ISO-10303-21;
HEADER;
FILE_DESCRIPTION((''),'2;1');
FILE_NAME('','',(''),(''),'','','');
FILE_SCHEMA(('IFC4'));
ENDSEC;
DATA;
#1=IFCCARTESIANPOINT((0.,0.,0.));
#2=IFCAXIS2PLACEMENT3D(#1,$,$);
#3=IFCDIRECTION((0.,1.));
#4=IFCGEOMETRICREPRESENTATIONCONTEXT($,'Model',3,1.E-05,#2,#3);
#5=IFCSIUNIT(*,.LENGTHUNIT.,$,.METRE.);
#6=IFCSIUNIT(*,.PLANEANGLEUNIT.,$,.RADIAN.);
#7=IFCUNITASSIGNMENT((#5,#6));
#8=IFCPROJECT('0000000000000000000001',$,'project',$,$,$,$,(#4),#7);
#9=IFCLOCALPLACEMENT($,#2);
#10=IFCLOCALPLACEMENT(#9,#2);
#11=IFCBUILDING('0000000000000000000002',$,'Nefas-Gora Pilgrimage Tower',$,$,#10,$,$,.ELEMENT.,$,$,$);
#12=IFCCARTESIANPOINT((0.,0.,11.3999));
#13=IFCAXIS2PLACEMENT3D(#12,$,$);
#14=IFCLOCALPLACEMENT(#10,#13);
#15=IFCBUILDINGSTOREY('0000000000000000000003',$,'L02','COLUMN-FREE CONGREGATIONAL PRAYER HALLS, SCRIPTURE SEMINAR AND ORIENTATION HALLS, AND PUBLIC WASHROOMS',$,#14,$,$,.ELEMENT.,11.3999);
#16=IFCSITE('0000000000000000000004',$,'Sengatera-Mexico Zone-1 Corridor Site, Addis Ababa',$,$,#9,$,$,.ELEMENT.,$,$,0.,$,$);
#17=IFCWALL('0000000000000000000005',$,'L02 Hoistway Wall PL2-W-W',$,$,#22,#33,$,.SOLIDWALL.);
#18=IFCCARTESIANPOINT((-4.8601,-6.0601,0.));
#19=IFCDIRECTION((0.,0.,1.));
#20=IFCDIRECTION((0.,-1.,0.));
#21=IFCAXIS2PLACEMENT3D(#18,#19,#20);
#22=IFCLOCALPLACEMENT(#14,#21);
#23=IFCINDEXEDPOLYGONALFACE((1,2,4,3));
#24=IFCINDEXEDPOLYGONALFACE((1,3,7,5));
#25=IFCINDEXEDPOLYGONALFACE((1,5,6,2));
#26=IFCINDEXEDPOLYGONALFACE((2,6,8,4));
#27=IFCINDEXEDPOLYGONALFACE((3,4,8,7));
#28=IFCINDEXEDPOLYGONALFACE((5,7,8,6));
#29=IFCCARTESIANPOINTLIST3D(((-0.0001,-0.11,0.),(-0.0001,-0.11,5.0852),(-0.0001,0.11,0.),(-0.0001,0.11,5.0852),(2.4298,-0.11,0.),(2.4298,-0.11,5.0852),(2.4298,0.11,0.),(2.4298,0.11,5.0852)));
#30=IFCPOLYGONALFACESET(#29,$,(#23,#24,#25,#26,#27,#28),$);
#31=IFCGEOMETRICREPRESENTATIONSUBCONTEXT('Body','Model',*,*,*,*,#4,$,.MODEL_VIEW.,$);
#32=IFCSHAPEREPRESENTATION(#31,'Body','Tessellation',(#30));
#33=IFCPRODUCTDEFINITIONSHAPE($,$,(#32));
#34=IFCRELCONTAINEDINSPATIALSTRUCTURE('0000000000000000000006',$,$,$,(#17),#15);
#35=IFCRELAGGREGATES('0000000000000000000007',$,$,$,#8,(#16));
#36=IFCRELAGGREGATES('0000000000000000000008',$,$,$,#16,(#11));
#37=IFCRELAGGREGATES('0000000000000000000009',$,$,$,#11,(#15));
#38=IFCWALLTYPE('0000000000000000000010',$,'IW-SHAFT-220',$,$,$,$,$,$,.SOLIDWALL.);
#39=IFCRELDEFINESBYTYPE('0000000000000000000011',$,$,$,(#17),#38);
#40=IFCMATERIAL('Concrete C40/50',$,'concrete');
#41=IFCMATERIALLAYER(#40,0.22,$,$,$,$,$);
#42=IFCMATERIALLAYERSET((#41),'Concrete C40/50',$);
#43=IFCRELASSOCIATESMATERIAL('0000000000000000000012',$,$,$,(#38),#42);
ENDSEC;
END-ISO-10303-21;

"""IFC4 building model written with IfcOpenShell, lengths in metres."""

from ifc_helpers import new_model, si_unit, direction, frame, frame_2d, origin, place, context, subcontext, project, spatial, rectangle, extrude, source, transform, mapped, material, layer, layer_set, type_object, element, save


model = new_model("IFC4")

# Units and contexts
model_context = context("Model", 3, precision=1e-05, world=origin(), true_north=direction((0.0, 1.0)))
body_context = subcontext(model_context, "Body", "Model", "MODEL_VIEW")
ifc_project = project(units=[si_unit("LENGTHUNIT", "METRE"), si_unit("PLANEANGLEUNIT", "RADIAN")], contexts=[model_context])

# Site, building, storey
site_placement = place(None, origin())
site = spatial("IfcSite", under=ifc_project, at=site_placement, Name="Sengatera-Mexico Zone-1 Corridor Site, Addis Ababa", CompositionType="ELEMENT", RefElevation=0.0)
building_placement = place(site_placement, origin())
building = spatial("IfcBuilding", under=site, at=building_placement, Name="Nefas-Gora Pilgrimage Tower", CompositionType="ELEMENT")
storey_placement = place(building_placement, frame((0.0, 0.0, 11.3999)))
storey = spatial("IfcBuildingStorey", under=building, at=storey_placement, Name="L02", Description="COLUMN-FREE CONGREGATIONAL PRAYER HALLS, SCRIPTURE SEMINAR AND ORIENTATION HALLS, AND PUBLIC WASHROOMS", CompositionType="ELEMENT", Elevation=11.3999)

# Wall
ifc_material_1 = material(Name="Concrete C40/50", Category="concrete")
ifc_layer_1 = layer(ifc_material_1, 0.22)
ifc_layer_set_1 = layer_set([ifc_layer_1], Name="Concrete C40/50")
wall_type_1 = type_object("IfcWallType", Name="IW-SHAFT-220", PredefinedType="SOLIDWALL", material=ifc_layer_set_1)
shared_shape_1 = source(origin(), body_context, "Body", "SweptSolid", [
    extrude(rectangle(XDim=2.4299, YDim=0.22, at=frame_2d((1.2148, 0.0))), origin(), (0.0, 0.0, 1.0), 5.0852),
])
wall_1_placement = place(storey_placement, frame((-4.8601, -6.0601, 0.0), z_axis=(0.0, 0.0, 1.0), x_axis=(0.0, -1.0, 0.0)))
element("IfcWall", 1, at=wall_1_placement, inside=storey, type_object=wall_type_1, Name="L02 Hoistway Wall PL2-W-W", PredefinedType="SOLIDWALL", context=body_context, shape_type="MappedRepresentation", body=[
    mapped(shared_shape_1, transform((0.0, 0.0, 0.0), x_axis=(1.0, 0.0, 0.0), y_axis=(0.0, 1.0, 0.0), z_axis=(0.0, 0.0, 1.0), scale=1.0)),
])

save(model, "model.ifc")
